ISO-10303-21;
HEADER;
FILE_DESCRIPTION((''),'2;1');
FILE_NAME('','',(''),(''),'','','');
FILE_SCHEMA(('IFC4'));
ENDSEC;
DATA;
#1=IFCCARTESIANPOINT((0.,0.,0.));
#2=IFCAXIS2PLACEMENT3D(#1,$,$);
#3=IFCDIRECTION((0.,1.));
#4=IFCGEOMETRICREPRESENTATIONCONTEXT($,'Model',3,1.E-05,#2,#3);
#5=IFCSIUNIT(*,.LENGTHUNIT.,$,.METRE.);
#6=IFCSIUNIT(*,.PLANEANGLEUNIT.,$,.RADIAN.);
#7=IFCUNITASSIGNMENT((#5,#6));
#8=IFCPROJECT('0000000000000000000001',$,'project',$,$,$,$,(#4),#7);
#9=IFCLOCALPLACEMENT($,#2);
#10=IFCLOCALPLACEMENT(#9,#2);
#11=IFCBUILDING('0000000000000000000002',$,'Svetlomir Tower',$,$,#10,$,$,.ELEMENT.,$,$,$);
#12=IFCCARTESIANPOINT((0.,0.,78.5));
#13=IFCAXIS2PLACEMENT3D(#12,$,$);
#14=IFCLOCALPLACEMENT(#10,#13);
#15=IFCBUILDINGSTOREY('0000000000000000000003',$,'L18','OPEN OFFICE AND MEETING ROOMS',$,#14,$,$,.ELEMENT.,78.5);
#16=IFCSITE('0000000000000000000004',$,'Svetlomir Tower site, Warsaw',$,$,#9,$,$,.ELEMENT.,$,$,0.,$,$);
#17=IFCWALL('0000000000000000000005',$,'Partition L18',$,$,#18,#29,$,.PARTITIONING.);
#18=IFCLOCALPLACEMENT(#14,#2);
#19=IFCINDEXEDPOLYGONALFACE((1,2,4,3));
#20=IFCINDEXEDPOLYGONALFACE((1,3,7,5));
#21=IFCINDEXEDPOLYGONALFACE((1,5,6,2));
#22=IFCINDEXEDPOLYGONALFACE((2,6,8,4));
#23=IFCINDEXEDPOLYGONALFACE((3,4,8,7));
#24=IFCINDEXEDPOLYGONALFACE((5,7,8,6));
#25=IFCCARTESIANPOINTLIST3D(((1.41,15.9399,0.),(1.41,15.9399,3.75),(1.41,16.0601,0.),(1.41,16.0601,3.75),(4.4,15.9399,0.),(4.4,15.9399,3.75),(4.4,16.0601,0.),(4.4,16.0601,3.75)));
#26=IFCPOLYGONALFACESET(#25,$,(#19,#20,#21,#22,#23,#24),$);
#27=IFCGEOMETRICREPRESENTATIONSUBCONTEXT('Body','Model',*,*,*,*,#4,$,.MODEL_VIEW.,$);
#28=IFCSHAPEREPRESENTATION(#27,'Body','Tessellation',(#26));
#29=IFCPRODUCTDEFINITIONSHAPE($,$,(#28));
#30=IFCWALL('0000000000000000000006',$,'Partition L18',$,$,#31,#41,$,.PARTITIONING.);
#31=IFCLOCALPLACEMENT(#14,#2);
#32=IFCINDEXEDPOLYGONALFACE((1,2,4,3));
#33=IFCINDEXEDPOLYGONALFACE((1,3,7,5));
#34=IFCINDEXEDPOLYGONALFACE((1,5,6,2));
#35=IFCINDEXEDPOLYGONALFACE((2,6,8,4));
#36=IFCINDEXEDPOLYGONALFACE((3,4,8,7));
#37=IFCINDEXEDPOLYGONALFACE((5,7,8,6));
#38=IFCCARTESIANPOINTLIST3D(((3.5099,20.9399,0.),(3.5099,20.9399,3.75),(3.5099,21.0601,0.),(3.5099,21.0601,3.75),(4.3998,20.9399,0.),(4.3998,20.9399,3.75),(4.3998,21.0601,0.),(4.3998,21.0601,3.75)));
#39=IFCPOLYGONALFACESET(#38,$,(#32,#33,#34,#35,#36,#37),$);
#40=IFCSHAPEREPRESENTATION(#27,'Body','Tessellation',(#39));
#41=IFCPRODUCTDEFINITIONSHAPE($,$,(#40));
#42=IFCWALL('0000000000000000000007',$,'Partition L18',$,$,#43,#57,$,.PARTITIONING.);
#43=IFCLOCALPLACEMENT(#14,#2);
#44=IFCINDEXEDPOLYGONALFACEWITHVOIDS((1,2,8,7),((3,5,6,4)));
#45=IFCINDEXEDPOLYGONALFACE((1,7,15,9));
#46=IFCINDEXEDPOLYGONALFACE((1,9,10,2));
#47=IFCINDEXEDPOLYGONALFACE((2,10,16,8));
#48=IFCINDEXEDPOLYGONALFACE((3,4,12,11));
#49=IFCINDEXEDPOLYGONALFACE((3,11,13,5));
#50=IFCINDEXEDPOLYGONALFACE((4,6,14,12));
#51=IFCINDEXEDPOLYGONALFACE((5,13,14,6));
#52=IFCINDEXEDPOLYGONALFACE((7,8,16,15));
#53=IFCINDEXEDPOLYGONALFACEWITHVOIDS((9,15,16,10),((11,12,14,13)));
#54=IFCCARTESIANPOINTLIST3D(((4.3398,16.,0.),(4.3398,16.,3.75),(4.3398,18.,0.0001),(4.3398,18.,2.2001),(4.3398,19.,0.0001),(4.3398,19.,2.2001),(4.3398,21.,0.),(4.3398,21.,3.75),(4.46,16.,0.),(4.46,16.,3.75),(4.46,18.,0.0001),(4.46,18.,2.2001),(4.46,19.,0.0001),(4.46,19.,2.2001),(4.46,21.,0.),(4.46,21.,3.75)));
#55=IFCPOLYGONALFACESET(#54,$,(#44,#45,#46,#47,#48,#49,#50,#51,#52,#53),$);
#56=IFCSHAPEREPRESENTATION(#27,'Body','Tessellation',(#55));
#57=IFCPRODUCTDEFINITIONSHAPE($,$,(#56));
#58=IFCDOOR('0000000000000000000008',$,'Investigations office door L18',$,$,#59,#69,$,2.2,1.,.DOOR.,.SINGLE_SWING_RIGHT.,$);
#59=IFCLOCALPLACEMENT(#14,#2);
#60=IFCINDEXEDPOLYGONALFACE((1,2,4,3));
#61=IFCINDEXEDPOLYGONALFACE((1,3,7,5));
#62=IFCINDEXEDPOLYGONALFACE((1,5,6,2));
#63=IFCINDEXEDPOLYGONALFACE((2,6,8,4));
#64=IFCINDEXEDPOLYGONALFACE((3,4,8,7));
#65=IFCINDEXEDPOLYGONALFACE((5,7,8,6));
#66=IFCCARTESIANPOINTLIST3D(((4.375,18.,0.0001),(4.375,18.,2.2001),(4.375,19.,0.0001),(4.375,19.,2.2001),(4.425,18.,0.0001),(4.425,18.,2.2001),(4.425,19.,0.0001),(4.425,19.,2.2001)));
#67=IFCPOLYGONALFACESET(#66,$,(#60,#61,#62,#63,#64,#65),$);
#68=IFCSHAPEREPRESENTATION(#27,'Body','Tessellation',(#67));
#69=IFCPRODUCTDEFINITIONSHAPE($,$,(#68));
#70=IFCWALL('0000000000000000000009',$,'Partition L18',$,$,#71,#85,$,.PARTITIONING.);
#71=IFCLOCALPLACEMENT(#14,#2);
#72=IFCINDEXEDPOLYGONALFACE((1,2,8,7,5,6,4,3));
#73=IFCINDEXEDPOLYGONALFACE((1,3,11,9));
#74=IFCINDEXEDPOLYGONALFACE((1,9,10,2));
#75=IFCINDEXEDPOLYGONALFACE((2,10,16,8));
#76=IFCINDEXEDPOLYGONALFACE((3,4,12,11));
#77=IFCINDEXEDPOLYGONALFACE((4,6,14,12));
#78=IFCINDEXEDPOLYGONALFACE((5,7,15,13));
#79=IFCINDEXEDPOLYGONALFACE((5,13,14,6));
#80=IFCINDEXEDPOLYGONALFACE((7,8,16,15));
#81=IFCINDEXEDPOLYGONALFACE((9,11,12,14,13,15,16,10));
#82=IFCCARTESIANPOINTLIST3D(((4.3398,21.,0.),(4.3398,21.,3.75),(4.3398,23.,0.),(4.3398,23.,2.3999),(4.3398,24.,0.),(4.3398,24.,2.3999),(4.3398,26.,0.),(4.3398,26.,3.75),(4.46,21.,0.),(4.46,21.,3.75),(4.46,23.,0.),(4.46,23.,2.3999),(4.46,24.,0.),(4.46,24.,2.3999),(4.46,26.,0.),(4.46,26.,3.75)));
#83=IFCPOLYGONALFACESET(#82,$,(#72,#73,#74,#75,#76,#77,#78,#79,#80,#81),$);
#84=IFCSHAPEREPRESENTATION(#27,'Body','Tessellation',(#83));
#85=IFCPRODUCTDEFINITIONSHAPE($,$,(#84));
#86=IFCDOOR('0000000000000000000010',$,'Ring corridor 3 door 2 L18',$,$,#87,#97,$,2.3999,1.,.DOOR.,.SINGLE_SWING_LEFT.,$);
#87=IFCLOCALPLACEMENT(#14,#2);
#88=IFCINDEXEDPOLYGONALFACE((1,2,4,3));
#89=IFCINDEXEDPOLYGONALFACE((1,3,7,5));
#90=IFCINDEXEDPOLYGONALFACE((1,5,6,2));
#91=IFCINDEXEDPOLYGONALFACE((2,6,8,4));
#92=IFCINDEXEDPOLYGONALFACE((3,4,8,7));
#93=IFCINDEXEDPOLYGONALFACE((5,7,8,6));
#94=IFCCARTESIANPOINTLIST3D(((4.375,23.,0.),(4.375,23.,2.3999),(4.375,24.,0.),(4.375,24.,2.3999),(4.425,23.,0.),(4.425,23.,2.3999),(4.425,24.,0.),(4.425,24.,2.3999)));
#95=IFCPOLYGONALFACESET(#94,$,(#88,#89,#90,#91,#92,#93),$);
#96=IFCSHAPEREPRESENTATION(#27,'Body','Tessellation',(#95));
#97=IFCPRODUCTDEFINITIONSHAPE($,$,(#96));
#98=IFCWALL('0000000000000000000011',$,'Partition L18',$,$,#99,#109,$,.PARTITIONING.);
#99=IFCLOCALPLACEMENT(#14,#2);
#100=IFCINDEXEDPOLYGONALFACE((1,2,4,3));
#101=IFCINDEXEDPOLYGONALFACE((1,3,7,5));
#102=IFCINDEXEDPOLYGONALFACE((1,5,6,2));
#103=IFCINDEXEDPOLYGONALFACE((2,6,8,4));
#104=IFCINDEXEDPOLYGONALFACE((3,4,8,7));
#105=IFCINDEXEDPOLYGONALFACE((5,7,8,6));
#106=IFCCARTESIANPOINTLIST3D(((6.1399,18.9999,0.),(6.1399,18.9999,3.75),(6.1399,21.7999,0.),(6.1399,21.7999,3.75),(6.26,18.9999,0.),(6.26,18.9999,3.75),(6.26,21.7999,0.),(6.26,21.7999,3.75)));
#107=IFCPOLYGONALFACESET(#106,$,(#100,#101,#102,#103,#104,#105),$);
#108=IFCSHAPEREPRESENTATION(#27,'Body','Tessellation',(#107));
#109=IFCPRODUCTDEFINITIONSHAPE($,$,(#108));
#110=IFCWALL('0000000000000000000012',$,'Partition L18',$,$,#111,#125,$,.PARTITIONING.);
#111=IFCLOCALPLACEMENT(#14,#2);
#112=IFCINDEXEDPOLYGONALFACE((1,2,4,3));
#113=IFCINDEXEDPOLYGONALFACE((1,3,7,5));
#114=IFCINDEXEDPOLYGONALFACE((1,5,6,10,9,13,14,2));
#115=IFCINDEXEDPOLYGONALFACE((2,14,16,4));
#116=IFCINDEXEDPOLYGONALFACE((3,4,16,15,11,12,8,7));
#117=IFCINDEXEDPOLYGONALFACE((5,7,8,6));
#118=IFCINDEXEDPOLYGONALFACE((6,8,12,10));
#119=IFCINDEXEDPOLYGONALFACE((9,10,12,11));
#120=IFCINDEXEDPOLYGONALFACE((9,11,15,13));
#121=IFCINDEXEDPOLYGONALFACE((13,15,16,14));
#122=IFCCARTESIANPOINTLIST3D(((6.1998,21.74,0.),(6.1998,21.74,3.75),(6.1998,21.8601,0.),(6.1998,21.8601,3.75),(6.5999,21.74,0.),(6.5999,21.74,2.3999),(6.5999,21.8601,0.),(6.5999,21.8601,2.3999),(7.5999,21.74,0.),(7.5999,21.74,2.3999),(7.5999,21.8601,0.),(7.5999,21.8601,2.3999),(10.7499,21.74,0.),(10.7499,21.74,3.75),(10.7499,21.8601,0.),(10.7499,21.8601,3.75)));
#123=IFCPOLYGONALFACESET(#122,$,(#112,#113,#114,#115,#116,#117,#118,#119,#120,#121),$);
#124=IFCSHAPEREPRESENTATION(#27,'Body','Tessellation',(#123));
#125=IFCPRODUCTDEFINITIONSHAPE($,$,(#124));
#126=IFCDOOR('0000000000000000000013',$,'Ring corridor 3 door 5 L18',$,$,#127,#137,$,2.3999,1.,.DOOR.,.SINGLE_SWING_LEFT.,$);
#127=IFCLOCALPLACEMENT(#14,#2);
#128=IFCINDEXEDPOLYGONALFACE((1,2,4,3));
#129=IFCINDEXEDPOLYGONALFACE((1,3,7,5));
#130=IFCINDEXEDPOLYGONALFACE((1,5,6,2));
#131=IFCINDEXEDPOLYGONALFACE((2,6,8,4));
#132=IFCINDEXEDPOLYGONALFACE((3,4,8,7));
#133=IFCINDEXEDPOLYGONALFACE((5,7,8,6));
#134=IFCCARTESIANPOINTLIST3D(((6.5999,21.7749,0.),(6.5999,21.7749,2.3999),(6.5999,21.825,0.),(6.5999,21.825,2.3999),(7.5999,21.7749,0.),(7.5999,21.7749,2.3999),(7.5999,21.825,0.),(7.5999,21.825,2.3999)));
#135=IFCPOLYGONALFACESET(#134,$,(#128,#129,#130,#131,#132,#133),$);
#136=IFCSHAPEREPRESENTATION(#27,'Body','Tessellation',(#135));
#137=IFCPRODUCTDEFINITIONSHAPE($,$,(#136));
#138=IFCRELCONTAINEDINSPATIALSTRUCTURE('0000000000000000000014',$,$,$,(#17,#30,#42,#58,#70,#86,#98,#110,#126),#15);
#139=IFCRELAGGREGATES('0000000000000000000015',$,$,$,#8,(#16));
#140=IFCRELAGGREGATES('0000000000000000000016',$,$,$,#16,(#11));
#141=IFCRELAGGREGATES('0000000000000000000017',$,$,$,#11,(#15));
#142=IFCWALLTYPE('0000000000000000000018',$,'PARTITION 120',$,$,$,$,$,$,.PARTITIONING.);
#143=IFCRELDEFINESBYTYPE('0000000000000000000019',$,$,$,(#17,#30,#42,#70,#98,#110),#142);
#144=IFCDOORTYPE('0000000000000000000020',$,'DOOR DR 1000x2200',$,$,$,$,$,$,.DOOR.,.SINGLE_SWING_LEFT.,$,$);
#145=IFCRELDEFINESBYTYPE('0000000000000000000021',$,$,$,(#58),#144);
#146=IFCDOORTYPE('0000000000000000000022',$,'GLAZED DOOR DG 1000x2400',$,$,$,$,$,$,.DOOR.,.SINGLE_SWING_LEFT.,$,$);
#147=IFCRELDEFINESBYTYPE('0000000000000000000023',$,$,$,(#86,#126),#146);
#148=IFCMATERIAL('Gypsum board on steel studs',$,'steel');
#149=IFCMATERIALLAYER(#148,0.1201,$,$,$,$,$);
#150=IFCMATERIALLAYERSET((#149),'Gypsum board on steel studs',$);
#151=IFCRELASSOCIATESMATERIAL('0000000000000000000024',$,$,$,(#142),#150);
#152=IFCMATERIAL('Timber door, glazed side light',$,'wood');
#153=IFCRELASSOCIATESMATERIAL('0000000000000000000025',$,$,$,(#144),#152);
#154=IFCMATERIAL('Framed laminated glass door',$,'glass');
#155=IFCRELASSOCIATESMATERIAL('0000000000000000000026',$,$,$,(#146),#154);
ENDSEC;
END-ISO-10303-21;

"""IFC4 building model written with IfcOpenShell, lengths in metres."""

from ifc_helpers import new_model, si_unit, direction, frame, frame_2d, origin, place, context, subcontext, project, spatial, rectangle, extrude, material, layer, layer_set, type_object, element, fill, save


model = new_model("IFC4")

# Units and contexts
model_context = context("Model", 3, precision=1e-05, world=origin(), true_north=direction((0.0, 1.0)))
body_context = subcontext(model_context, "Body", "Model", "MODEL_VIEW")
ifc_project = project(units=[si_unit("LENGTHUNIT", "METRE"), si_unit("PLANEANGLEUNIT", "RADIAN")], contexts=[model_context])

# Site, building, storey
site_placement = place(None, origin())
site = spatial("IfcSite", under=ifc_project, at=site_placement, Name="Svetlomir Tower site, Warsaw", CompositionType="ELEMENT", RefElevation=0.0)
building_placement = place(site_placement, origin())
building = spatial("IfcBuilding", under=site, at=building_placement, Name="Svetlomir Tower", CompositionType="ELEMENT")
storey_placement = place(building_placement, frame((0.0, 0.0, 78.5)))
storey = spatial("IfcBuildingStorey", under=building, at=storey_placement, Name="L18", Description="OPEN OFFICE AND MEETING ROOMS", CompositionType="ELEMENT", Elevation=78.5)

# Walls
ifc_material_1 = material(Name="Gypsum board on steel studs", Category="steel")
ifc_layer_1 = layer(ifc_material_1, 0.1201)
ifc_layer_set_1 = layer_set([ifc_layer_1], Name="Gypsum board on steel studs")
wall_type_1 = type_object("IfcWallType", Name="PARTITION 120", PredefinedType="PARTITIONING", material=ifc_layer_set_1)
wall_1_placement = place(storey_placement, frame((1.4099, 16.0, 0.0), z_axis=(0.0, 0.0, 1.0), x_axis=(1.0, 0.0, 0.0)))
element("IfcWall", 1, at=wall_1_placement, inside=storey, type_object=wall_type_1, Name="Partition L18", PredefinedType="PARTITIONING", context=body_context, shape_type="SweptSolid", body=[
    extrude(rectangle(XDim=2.99, YDim=0.1201, at=frame_2d((1.4951, 0.0))), origin(), (0.0, 0.0, 1.0), 3.75),
])
wall_2_placement = place(storey_placement, frame((3.51, 21.0, 0.0), z_axis=(0.0, 0.0, 1.0), x_axis=(1.0, 0.0, 0.0)))
element("IfcWall", 2, at=wall_2_placement, inside=storey, type_object=wall_type_1, Name="Partition L18", PredefinedType="PARTITIONING", context=body_context, shape_type="SweptSolid", body=[
    extrude(rectangle(XDim=0.8899, YDim=0.1201, at=frame_2d((0.4448, 0.0))), origin(), (0.0, 0.0, 1.0), 3.75),
])

# Walls, openings, doors
wall_3_placement = place(storey_placement, frame((4.3999, 16.0, 0.0), z_axis=(0.0, 0.0, 1.0), x_axis=(0.0, 1.0, 0.0)))
wall_3 = element("IfcWall", 3, at=wall_3_placement, inside=storey, type_object=wall_type_1, Name="Partition L18", PredefinedType="PARTITIONING", context=body_context, shape_type="SweptSolid", body=[
    extrude(rectangle(XDim=5.0, YDim=0.1201, at=frame_2d((2.5, 0.0))), origin(), (0.0, 0.0, 1.0), 3.75),
])
opening_1_placement = place(wall_3_placement, frame((2.0, 0.0, 0.0)))
opening_1 = element("IfcOpeningElement", 4, at=opening_1_placement, cuts=wall_3, PredefinedType="OPENING", context=body_context, shape_type="SweptSolid", body=[
    extrude(rectangle(XDim=1.0, YDim=2.2, at=frame_2d((0.5, 1.1001))), frame((0.0, 0.0701, 0.0), z_axis=(0.0, -1.0, 0.0), x_axis=(1.0, 0.0, 0.0)), (0.0, 0.0, 1.0), 0.1401),
])
ifc_material_2 = material(Name="Timber door, glazed side light", Category="wood")
door_type_1 = type_object("IfcDoorType", Name="DOOR DR 1000x2200", OperationType="SINGLE_SWING_LEFT", PredefinedType="DOOR", material=ifc_material_2)
door_1_placement = place(opening_1_placement, origin())
door_1 = element("IfcDoor", 5, at=door_1_placement, inside=storey, type_object=door_type_1, Name="Investigations office door L18", OperationType="SINGLE_SWING_RIGHT", OverallHeight=2.2, OverallWidth=1.0, PredefinedType="DOOR", context=body_context, shape_type="SweptSolid", body=[
    extrude(rectangle(XDim=1.0, YDim=2.2, at=frame_2d((0.5, 1.1001))), frame((0.0, 0.0249, 0.0), z_axis=(0.0, -1.0, 0.0), x_axis=(1.0, 0.0, 0.0)), (0.0, 0.0, 1.0), 0.05),
])
fill(opening_1, door_1)
wall_4_placement = place(storey_placement, frame((4.3999, 21.0, 0.0), z_axis=(0.0, 0.0, 1.0), x_axis=(0.0, 1.0, 0.0)))
wall_4 = element("IfcWall", 6, at=wall_4_placement, inside=storey, type_object=wall_type_1, Name="Partition L18", PredefinedType="PARTITIONING", context=body_context, shape_type="SweptSolid", body=[
    extrude(rectangle(XDim=5.0, YDim=0.1201, at=frame_2d((2.5, 0.0))), origin(), (0.0, 0.0, 1.0), 3.75),
])
opening_2_placement = place(wall_4_placement, frame((2.0, 0.0, 0.0)))
opening_2 = element("IfcOpeningElement", 7, at=opening_2_placement, cuts=wall_4, PredefinedType="OPENING", context=body_context, shape_type="SweptSolid", body=[
    extrude(rectangle(XDim=1.0, YDim=2.3999, at=frame_2d((0.5, 1.2))), frame((0.0, 0.0701, 0.0), z_axis=(0.0, -1.0, 0.0), x_axis=(1.0, 0.0, 0.0)), (0.0, 0.0, 1.0), 0.1401),
])
ifc_material_3 = material(Name="Framed laminated glass door", Category="glass")
door_type_2 = type_object("IfcDoorType", Name="GLAZED DOOR DG 1000x2400", OperationType="SINGLE_SWING_LEFT", PredefinedType="DOOR", material=ifc_material_3)
door_2_placement = place(opening_2_placement, origin())
door_2 = element("IfcDoor", 8, at=door_2_placement, inside=storey, type_object=door_type_2, Name="Ring corridor 3 door 2 L18", OperationType="SINGLE_SWING_LEFT", OverallHeight=2.3999, OverallWidth=1.0, PredefinedType="DOOR", context=body_context, shape_type="SweptSolid", body=[
    extrude(rectangle(XDim=1.0, YDim=2.3999, at=frame_2d((0.5, 1.2))), frame((0.0, 0.0249, 0.0), z_axis=(0.0, -1.0, 0.0), x_axis=(1.0, 0.0, 0.0)), (0.0, 0.0, 1.0), 0.05),
])
fill(opening_2, door_2)

# Wall
wall_5_placement = place(storey_placement, frame((6.2, 19.0, 0.0), z_axis=(0.0, 0.0, 1.0), x_axis=(0.0, 1.0, 0.0)))
element("IfcWall", 9, at=wall_5_placement, inside=storey, type_object=wall_type_1, Name="Partition L18", PredefinedType="PARTITIONING", context=body_context, shape_type="SweptSolid", body=[
    extrude(rectangle(XDim=2.8, YDim=0.1201, at=frame_2d((1.3999, 0.0))), origin(), (0.0, 0.0, 1.0), 3.75),
])

# Wall, opening, door
wall_6_placement = place(storey_placement, frame((6.2, 21.8, 0.0), z_axis=(0.0, 0.0, 1.0), x_axis=(1.0, 0.0, 0.0)))
wall_6 = element("IfcWall", 10, at=wall_6_placement, inside=storey, type_object=wall_type_1, Name="Partition L18", PredefinedType="PARTITIONING", context=body_context, shape_type="SweptSolid", body=[
    extrude(rectangle(XDim=4.55, YDim=0.1201, at=frame_2d((2.2749, 0.0))), origin(), (0.0, 0.0, 1.0), 3.75),
])
opening_3_placement = place(wall_6_placement, frame((0.3999, 0.0, 0.0)))
opening_3 = element("IfcOpeningElement", 11, at=opening_3_placement, cuts=wall_6, PredefinedType="OPENING", context=body_context, shape_type="SweptSolid", body=[
    extrude(rectangle(XDim=1.0, YDim=2.3999, at=frame_2d((0.5, 1.2))), frame((0.0, 0.0701, 0.0), z_axis=(0.0, -1.0, 0.0), x_axis=(1.0, 0.0, 0.0)), (0.0, 0.0, 1.0), 0.1401),
])
door_3_placement = place(opening_3_placement, origin())
door_3 = element("IfcDoor", 12, at=door_3_placement, inside=storey, type_object=door_type_2, Name="Ring corridor 3 door 5 L18", OperationType="SINGLE_SWING_LEFT", OverallHeight=2.3999, OverallWidth=1.0, PredefinedType="DOOR", context=body_context, shape_type="SweptSolid", body=[
    extrude(rectangle(XDim=1.0, YDim=2.3999, at=frame_2d((0.5, 1.2))), frame((0.0, 0.0249, 0.0), z_axis=(0.0, -1.0, 0.0), x_axis=(1.0, 0.0, 0.0)), (0.0, 0.0, 1.0), 0.05),
])
fill(opening_3, door_3)

save(model, "model.ifc")
